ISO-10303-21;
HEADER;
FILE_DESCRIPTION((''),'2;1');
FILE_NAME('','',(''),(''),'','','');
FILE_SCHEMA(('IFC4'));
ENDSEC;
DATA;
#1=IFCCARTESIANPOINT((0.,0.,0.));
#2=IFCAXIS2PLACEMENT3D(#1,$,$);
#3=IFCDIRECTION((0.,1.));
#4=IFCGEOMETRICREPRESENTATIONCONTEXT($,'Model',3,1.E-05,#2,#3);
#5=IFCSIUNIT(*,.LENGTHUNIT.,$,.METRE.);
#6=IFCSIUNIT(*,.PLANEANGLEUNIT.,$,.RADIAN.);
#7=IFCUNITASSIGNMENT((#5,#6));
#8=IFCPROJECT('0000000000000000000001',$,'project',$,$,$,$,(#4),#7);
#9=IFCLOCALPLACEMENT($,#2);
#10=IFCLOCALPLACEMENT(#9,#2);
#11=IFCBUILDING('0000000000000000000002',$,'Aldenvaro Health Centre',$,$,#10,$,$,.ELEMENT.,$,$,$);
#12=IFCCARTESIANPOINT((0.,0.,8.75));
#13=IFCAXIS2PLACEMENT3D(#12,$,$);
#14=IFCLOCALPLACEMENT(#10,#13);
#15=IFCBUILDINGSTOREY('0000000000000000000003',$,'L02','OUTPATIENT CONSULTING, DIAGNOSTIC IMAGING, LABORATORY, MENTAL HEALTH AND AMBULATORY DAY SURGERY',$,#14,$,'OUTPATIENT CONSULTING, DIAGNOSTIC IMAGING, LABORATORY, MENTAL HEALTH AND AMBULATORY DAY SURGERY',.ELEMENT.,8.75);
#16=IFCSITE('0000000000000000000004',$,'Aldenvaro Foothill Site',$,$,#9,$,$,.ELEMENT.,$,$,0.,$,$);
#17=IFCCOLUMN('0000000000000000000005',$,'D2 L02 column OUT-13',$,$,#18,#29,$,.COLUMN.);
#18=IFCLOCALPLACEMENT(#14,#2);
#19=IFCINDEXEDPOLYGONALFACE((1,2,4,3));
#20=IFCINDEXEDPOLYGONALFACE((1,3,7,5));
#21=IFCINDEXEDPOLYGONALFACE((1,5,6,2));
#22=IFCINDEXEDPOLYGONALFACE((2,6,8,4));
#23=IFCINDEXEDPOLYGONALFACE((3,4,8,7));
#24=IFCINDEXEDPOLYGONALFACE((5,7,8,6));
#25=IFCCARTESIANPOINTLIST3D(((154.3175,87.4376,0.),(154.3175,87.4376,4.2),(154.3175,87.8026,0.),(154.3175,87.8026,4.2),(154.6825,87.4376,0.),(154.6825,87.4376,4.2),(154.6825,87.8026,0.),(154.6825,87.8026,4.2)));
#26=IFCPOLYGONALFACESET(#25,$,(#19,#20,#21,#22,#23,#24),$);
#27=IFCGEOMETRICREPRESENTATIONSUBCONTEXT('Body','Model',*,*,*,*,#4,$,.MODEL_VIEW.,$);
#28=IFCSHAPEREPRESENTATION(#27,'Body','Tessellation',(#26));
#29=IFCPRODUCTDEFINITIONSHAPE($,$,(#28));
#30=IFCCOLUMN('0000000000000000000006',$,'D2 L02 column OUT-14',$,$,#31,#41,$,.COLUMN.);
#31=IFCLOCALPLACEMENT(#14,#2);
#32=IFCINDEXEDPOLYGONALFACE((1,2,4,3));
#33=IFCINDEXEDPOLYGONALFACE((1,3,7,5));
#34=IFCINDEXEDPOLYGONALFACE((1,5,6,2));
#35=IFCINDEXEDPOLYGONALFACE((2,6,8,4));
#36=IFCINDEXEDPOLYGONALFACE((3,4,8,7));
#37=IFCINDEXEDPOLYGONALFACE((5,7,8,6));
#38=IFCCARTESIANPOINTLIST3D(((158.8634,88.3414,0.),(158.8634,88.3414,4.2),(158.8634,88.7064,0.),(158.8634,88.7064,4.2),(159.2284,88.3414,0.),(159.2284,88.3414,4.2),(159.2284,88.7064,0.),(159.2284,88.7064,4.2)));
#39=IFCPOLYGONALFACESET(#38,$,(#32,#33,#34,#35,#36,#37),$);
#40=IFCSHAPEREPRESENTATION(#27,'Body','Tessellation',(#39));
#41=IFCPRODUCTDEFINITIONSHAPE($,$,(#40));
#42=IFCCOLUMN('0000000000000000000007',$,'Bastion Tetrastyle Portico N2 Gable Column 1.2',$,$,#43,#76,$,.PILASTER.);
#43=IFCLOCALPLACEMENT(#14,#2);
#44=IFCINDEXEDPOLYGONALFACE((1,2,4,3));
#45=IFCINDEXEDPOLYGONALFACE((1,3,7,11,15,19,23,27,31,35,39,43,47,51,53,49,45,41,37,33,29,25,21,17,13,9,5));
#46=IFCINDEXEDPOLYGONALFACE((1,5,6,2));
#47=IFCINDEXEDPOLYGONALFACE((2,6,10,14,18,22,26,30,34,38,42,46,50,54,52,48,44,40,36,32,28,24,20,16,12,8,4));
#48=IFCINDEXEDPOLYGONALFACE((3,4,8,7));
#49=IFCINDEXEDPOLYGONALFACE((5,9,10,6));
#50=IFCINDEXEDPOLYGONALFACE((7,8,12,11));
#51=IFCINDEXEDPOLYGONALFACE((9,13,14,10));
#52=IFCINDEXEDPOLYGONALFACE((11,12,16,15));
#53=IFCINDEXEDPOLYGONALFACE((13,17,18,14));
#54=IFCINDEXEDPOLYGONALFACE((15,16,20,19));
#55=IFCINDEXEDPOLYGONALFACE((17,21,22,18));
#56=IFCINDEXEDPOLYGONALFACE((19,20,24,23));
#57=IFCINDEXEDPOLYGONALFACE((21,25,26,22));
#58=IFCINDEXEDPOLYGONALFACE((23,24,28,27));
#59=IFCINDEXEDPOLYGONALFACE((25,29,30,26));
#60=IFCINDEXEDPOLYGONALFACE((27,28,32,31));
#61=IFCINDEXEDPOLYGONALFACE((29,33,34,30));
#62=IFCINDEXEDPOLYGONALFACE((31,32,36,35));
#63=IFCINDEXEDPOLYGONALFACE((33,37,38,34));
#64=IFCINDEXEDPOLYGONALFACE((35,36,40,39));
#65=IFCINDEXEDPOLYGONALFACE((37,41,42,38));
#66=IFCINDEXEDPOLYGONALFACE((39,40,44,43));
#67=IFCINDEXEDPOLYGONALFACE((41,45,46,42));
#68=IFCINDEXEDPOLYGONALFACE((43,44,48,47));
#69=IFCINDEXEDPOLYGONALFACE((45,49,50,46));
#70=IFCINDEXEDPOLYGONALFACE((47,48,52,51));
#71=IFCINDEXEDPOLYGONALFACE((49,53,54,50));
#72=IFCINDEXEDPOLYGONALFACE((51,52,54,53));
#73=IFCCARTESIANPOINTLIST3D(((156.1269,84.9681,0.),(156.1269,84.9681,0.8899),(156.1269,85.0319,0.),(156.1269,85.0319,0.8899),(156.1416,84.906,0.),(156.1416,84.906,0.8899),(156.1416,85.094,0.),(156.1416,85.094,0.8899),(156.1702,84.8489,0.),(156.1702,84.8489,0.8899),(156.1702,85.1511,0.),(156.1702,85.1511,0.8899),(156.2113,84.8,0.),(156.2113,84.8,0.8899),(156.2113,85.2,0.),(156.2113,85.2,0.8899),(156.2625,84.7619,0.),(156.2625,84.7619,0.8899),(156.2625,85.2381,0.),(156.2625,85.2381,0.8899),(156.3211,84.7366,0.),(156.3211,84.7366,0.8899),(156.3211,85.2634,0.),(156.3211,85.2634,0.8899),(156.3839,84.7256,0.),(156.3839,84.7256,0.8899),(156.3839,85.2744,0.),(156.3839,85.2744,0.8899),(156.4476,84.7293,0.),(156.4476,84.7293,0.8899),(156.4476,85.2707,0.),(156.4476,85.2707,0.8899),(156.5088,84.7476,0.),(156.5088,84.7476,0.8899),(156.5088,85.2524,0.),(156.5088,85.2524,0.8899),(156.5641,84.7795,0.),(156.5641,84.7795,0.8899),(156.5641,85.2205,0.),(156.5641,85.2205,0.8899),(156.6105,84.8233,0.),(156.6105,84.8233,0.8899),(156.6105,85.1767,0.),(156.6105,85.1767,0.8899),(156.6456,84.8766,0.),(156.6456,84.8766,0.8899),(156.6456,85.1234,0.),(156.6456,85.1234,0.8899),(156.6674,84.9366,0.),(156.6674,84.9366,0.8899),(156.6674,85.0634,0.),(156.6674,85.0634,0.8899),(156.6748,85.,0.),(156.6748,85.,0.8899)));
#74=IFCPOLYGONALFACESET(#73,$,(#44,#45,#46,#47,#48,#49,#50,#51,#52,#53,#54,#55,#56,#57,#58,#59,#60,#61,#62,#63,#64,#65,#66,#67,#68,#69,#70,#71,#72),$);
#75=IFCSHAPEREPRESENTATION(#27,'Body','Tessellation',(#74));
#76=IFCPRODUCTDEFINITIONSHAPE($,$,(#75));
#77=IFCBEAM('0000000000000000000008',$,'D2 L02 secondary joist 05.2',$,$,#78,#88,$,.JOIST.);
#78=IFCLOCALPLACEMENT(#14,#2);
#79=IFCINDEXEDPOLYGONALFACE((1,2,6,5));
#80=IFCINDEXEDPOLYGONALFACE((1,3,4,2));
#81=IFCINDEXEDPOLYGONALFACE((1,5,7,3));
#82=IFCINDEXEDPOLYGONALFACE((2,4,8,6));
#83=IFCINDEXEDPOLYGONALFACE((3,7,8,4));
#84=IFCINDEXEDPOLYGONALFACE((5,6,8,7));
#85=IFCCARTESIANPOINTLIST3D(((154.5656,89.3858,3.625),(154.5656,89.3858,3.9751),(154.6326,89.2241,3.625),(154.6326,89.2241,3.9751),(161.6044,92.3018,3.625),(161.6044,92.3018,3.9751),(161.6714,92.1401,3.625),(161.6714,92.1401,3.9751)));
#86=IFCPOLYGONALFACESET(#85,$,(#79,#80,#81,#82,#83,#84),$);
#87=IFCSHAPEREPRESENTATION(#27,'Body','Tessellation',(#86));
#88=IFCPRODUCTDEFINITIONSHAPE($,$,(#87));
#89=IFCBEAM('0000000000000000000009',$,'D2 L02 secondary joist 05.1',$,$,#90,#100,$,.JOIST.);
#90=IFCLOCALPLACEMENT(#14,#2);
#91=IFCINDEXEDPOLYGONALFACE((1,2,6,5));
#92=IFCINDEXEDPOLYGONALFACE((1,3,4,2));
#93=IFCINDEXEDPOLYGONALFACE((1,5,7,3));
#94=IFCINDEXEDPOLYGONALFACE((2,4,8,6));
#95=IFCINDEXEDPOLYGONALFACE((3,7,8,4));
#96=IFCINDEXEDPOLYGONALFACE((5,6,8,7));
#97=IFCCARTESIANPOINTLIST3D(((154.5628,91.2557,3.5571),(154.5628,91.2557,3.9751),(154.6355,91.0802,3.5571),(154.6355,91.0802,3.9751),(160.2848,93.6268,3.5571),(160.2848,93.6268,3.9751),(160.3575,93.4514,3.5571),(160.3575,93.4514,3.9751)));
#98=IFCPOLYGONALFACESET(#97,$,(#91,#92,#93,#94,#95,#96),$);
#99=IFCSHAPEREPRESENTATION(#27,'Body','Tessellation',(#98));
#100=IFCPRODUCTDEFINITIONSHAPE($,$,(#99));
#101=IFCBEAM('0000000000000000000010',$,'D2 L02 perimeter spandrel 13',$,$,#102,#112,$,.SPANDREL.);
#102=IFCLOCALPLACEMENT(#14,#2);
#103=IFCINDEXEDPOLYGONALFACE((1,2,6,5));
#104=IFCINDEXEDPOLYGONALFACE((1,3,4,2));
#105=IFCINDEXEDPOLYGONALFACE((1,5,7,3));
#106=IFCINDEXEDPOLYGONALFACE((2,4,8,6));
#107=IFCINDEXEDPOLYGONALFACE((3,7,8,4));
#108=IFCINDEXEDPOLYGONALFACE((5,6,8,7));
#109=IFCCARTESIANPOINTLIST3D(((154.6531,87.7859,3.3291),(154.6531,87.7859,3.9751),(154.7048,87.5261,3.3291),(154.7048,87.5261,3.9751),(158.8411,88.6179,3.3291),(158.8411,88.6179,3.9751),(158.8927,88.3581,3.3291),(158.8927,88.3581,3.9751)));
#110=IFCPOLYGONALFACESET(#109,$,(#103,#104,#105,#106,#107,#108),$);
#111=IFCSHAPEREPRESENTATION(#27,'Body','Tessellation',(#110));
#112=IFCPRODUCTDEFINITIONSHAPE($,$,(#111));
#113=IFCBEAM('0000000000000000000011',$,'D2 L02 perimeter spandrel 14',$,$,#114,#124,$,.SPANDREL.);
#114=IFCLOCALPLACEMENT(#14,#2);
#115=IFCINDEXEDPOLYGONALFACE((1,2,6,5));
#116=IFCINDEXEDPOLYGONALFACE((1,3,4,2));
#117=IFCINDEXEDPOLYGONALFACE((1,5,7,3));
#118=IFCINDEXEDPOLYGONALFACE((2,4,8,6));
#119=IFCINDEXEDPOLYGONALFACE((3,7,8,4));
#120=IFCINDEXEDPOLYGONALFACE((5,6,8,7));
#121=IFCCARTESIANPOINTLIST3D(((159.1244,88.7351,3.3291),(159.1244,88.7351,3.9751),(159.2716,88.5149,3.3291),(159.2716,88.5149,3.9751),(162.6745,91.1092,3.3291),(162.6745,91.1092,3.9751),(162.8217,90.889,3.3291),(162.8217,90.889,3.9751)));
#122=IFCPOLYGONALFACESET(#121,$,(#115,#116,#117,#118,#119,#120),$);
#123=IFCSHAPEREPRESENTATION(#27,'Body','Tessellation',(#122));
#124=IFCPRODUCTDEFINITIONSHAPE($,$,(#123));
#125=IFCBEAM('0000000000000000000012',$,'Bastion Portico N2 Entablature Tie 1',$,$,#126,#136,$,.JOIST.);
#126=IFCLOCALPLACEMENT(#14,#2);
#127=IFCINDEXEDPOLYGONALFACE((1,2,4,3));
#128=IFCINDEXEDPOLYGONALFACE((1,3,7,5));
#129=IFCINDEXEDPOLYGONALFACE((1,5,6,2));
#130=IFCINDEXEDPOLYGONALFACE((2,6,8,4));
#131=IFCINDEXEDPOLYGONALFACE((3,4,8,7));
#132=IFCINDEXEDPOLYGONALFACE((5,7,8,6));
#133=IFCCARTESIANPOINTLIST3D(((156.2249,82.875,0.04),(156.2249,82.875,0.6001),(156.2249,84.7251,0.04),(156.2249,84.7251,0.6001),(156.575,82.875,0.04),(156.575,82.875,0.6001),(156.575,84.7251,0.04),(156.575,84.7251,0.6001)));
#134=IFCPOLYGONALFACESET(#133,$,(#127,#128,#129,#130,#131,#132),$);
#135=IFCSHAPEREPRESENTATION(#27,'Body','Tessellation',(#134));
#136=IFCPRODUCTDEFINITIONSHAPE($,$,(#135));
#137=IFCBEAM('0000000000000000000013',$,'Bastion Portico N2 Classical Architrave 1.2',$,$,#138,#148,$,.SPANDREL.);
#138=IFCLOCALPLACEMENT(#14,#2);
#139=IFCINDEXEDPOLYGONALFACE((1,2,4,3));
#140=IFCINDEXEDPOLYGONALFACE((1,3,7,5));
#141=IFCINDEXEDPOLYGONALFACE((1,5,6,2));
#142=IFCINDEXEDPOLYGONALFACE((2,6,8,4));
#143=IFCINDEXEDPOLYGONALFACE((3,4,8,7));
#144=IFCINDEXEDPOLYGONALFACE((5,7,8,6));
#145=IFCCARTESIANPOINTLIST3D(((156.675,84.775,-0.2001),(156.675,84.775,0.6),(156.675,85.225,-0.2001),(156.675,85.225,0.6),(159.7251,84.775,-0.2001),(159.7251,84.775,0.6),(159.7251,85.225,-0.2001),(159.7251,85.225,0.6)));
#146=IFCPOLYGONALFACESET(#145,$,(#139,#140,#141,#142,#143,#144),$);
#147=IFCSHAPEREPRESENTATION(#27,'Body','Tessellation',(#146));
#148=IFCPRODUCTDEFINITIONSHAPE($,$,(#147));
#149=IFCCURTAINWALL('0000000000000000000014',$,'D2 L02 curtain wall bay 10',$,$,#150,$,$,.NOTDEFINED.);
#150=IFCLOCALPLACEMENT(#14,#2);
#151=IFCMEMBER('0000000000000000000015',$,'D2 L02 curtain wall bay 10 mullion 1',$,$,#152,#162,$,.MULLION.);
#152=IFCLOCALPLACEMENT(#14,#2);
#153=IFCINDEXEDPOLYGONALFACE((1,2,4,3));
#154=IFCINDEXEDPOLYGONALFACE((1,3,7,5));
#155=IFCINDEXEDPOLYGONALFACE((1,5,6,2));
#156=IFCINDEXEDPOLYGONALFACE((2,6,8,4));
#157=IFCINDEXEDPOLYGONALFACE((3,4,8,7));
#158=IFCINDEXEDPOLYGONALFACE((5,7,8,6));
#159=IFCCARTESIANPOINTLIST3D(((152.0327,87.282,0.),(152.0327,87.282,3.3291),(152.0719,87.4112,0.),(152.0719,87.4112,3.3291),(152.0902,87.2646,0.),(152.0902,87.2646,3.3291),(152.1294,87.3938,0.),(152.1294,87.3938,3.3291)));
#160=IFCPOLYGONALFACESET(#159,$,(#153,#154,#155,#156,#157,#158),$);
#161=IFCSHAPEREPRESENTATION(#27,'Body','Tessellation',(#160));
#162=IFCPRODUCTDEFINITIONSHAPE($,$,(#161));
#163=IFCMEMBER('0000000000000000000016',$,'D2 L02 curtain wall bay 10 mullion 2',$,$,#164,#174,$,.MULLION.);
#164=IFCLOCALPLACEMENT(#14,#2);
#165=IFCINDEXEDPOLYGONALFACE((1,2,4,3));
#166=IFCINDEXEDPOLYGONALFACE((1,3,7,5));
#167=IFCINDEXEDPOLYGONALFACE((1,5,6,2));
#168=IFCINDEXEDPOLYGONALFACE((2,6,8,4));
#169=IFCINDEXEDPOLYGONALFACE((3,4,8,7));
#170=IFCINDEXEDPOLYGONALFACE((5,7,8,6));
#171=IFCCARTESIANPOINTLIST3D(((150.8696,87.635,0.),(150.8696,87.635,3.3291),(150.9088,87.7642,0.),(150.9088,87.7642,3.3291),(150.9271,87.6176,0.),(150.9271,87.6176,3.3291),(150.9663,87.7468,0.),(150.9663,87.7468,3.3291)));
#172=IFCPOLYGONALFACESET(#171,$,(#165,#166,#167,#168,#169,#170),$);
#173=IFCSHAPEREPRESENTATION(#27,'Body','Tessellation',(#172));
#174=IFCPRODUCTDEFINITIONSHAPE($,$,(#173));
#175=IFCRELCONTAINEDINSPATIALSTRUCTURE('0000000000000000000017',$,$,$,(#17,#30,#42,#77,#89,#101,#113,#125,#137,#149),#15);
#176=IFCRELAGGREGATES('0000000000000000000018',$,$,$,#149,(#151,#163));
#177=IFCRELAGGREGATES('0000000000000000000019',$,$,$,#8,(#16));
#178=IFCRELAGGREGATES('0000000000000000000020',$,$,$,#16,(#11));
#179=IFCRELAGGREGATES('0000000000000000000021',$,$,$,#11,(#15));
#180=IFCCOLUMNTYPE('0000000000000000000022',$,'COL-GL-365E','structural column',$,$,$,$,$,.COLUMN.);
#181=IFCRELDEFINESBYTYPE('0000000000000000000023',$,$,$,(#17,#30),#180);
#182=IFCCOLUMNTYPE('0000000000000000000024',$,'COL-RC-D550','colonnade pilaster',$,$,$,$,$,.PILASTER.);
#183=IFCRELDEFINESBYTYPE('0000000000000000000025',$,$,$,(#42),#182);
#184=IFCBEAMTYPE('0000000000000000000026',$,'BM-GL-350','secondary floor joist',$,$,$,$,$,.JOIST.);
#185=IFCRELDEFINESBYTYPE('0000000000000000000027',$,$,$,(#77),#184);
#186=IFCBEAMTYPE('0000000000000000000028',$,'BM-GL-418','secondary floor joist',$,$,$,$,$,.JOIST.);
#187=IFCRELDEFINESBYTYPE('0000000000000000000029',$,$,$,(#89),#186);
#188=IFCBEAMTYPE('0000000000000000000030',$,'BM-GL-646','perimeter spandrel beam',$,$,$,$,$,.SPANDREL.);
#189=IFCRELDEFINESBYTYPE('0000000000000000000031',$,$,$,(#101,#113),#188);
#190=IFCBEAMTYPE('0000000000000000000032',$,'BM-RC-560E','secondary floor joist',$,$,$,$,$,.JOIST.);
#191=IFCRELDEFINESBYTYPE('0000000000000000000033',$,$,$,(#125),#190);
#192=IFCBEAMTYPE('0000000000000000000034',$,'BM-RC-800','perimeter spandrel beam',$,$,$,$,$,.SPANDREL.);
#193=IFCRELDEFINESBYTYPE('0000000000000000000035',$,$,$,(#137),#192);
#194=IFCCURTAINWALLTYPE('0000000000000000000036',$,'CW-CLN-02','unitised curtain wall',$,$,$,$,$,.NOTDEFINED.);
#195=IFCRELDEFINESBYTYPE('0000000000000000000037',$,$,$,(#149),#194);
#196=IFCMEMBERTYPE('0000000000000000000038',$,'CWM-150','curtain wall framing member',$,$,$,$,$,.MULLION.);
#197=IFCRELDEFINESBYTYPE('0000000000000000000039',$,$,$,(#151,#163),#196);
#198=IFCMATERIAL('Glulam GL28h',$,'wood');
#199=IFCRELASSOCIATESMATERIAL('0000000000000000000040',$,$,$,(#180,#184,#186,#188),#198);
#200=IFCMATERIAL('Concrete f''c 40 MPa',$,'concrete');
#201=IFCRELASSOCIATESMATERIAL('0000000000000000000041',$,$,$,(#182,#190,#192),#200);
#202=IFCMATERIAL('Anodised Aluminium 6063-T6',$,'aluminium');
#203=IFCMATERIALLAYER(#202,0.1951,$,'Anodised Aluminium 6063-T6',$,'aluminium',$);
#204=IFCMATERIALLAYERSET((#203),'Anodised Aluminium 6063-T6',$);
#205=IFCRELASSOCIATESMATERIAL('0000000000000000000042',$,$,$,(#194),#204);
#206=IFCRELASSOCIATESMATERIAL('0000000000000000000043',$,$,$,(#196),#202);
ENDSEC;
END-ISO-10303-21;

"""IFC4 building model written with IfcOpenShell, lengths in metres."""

from ifc_helpers import new_model, si_unit, direction, frame, origin, origin_2d, place, context, subcontext, project, spatial, rectangle, circle, extrude, material, layer, layer_set, material_profile, profile_set, type_object, element, aggregate, save


model = new_model("IFC4")

# Units and contexts
model_context = context("Model", 3, precision=1e-05, world=origin(), true_north=direction((0.0, 1.0)))
body_context = subcontext(model_context, "Body", "Model", "MODEL_VIEW")
ifc_project = project(units=[si_unit("LENGTHUNIT", "METRE"), si_unit("PLANEANGLEUNIT", "RADIAN")], contexts=[model_context])

# Site, building, storey
site_placement = place(None, origin())
site = spatial("IfcSite", under=ifc_project, at=site_placement, Name="Aldenvaro Foothill Site", CompositionType="ELEMENT", RefElevation=0.0)
building_placement = place(site_placement, origin())
building = spatial("IfcBuilding", under=site, at=building_placement, Name="Aldenvaro Health Centre", CompositionType="ELEMENT")
storey_placement = place(building_placement, frame((0.0, 0.0, 8.75)))
storey = spatial("IfcBuildingStorey", under=building, at=storey_placement, Name="L02", Description="OUTPATIENT CONSULTING, DIAGNOSTIC IMAGING, LABORATORY, MENTAL HEALTH AND AMBULATORY DAY SURGERY", LongName="OUTPATIENT CONSULTING, DIAGNOSTIC IMAGING, LABORATORY, MENTAL HEALTH AND AMBULATORY DAY SURGERY", CompositionType="ELEMENT", Elevation=8.75)

# Columns
ifc_material_1 = material(Name="Glulam GL28h", Category="wood")
ifc_material_profile_1 = material_profile(ifc_material_1, rectangle(XDim=0.365, YDim=0.365, at=origin_2d()), Name="GL 365x365", Category="wood")
ifc_profile_set_1 = profile_set([ifc_material_profile_1], Name="Glulam GL28h")
column_type_1 = type_object("IfcColumnType", Name="COL-GL-365E", Description="structural column", PredefinedType="COLUMN", material=ifc_profile_set_1)
for number, where, z_axis, x_axis, name in (
    (1, (154.5, 87.6201, 0.0), (0.0, 0.0, 1.0), (1.0, 0.0, 0.0), "D2 L02 column OUT-13"),
    (2, (159.0459, 88.5239, 0.0), (0.0, 0.0, 1.0), (1.0, 0.0, 0.0), "D2 L02 column OUT-14"),
):
    element("IfcColumn", number, at=place(storey_placement, frame(where, z_axis=z_axis, x_axis=x_axis)), inside=storey, type_object=column_type_1, Name=name, PredefinedType="COLUMN", context=body_context, shape_type="SweptSolid", body=[
        extrude(rectangle(XDim=0.365, YDim=0.365, at=origin_2d()), origin(), (0.0, 0.0, 1.0), 4.2),
    ])
ifc_material_2 = material(Name="Concrete f'c 40 MPa", Category="concrete")
ifc_material_profile_2 = material_profile(ifc_material_2, circle(Radius=0.2749, at=origin_2d()), Name="RC D550", Category="concrete")
ifc_profile_set_2 = profile_set([ifc_material_profile_2], Name="Concrete f'c 40 MPa")
column_type_2 = type_object("IfcColumnType", Name="COL-RC-D550", Description="colonnade pilaster", PredefinedType="PILASTER", material=ifc_profile_set_2)
column_placement = place(storey_placement, frame((156.3999, 85.0, 0.0), z_axis=(0.0, 0.0, 1.0), x_axis=(1.0, 0.0, 0.0)))
element("IfcColumn", 3, at=column_placement, inside=storey, type_object=column_type_2, Name="Bastion Tetrastyle Portico N2 Gable Column 1.2", PredefinedType="PILASTER", context=body_context, shape_type="SweptSolid", body=[
    extrude(circle(Radius=0.2749, at=origin_2d()), origin(), (0.0, 0.0, 1.0), 0.8899),
])

# Beams
ifc_material_profile_3 = material_profile(ifc_material_1, rectangle(XDim=0.175, YDim=0.3501, at=origin_2d()), Name="GL 175x350", Category="wood")
ifc_profile_set_3 = profile_set([ifc_material_profile_3], Name="Glulam GL28h")
beam_type_1 = type_object("IfcBeamType", Name="BM-GL-350", Description="secondary floor joist", PredefinedType="JOIST", material=ifc_profile_set_3)
beam_1_placement = place(storey_placement, frame((154.5991, 89.3049, 3.8), z_axis=(0.923859, 0.382733, 0.0), x_axis=(-0.382733, 0.923859, 0.0)))
element("IfcBeam", 4, at=beam_1_placement, inside=storey, type_object=beam_type_1, Name="D2 L02 secondary joist 05.2", PredefinedType="JOIST", context=body_context, shape_type="SweptSolid", body=[
    extrude(rectangle(XDim=0.175, YDim=0.3501, at=origin_2d()), origin(), (0.0, 0.0, 1.0), 7.6189),
])
ifc_material_profile_4 = material_profile(ifc_material_1, rectangle(XDim=0.1899, YDim=0.418, at=origin_2d()), Name="GL 190x418", Category="wood")
ifc_profile_set_4 = profile_set([ifc_material_profile_4], Name="Glulam GL28h")
beam_type_2 = type_object("IfcBeamType", Name="BM-GL-418", Description="secondary floor joist", PredefinedType="JOIST", material=ifc_profile_set_4)
beam_2_placement = place(storey_placement, frame((154.5991, 91.168, 3.7661), z_axis=(0.923823, 0.382821, 0.0), x_axis=(-0.382821, 0.923823, 0.0)))
element("IfcBeam", 5, at=beam_2_placement, inside=storey, type_object=beam_type_2, Name="D2 L02 secondary joist 05.1", PredefinedType="JOIST", context=body_context, shape_type="SweptSolid", body=[
    extrude(rectangle(XDim=0.1899, YDim=0.418, at=origin_2d()), origin(), (0.0, 0.0, 1.0), 6.1938),
])
ifc_material_profile_5 = material_profile(ifc_material_1, rectangle(XDim=0.2649, YDim=0.646, at=origin_2d()), Name="GL 265x646", Category="wood")
ifc_profile_set_5 = profile_set([ifc_material_profile_5], Name="Glulam GL28h")
beam_type_3 = type_object("IfcBeamType", Name="BM-GL-646", Description="perimeter spandrel beam", PredefinedType="SPANDREL", material=ifc_profile_set_5)
beam_3_placement = place(storey_placement, frame((154.679, 87.656, 3.6521), z_axis=(0.980831, 0.194862, 0.0), x_axis=(-0.194862, 0.980831, 0.0)))
element("IfcBeam", 6, at=beam_3_placement, inside=storey, type_object=beam_type_3, Name="D2 L02 perimeter spandrel 13", PredefinedType="SPANDREL", context=body_context, shape_type="SweptSolid", body=[
    extrude(rectangle(XDim=0.2649, YDim=0.646, at=origin_2d()), origin(), (0.0, 0.0, 1.0), 4.2698),
])
beam_4_placement = place(storey_placement, frame((159.198, 88.625, 3.6521), z_axis=(0.831258, 0.555887, 0.0), x_axis=(-0.555887, 0.831258, 0.0)))
element("IfcBeam", 7, at=beam_4_placement, inside=storey, type_object=beam_type_3, Name="D2 L02 perimeter spandrel 14", PredefinedType="SPANDREL", context=body_context, shape_type="SweptSolid", body=[
    extrude(rectangle(XDim=0.2649, YDim=0.646, at=origin_2d()), origin(), (0.0, 0.0, 1.0), 4.2708),
])
ifc_material_profile_6 = material_profile(ifc_material_2, rectangle(XDim=0.3501, YDim=0.5601, at=origin_2d()), Name="RC 350x560", Category="concrete")
ifc_profile_set_6 = profile_set([ifc_material_profile_6], Name="Concrete f'c 40 MPa")
beam_type_4 = type_object("IfcBeamType", Name="BM-RC-560E", Description="secondary floor joist", PredefinedType="JOIST", material=ifc_profile_set_6)
beam_5_placement = place(storey_placement, frame((156.3999, 82.875, 0.3201), z_axis=(0.0, 1.0, 0.0), x_axis=(-1.0, 0.0, 0.0)))
element("IfcBeam", 8, at=beam_5_placement, inside=storey, type_object=beam_type_4, Name="Bastion Portico N2 Entablature Tie 1", PredefinedType="JOIST", context=body_context, shape_type="SweptSolid", body=[
    extrude(rectangle(XDim=0.3501, YDim=0.5601, at=origin_2d()), origin(), (0.0, 0.0, 1.0), 1.8501),
])
ifc_material_profile_7 = material_profile(ifc_material_2, rectangle(XDim=0.45, YDim=0.8, at=origin_2d()), Name="RC 450x800", Category="concrete")
ifc_profile_set_7 = profile_set([ifc_material_profile_7], Name="Concrete f'c 40 MPa")
beam_type_5 = type_object("IfcBeamType", Name="BM-RC-800", Description="perimeter spandrel beam", PredefinedType="SPANDREL", material=ifc_profile_set_7)
beam_6_placement = place(storey_placement, frame((156.675, 85.0, 0.2), z_axis=(1.0, 0.0, 0.0), x_axis=(0.0, 1.0, 0.0)))
element("IfcBeam", 9, at=beam_6_placement, inside=storey, type_object=beam_type_5, Name="Bastion Portico N2 Classical Architrave 1.2", PredefinedType="SPANDREL", context=body_context, shape_type="SweptSolid", body=[
    extrude(rectangle(XDim=0.45, YDim=0.8, at=origin_2d()), origin(), (0.0, 0.0, 1.0), 3.05),
])

# Curtain wall, members
ifc_material_3 = material(Name="Anodised Aluminium 6063-T6", Category="aluminium")
ifc_layer_1 = layer(ifc_material_3, 0.1951, Name="Anodised Aluminium 6063-T6", Category="aluminium")
ifc_layer_set_1 = layer_set([ifc_layer_1], Name="Anodised Aluminium 6063-T6")
curtain_wall_type = type_object("IfcCurtainWallType", Name="CW-CLN-02", Description="unitised curtain wall", PredefinedType="NOTDEFINED", material=ifc_layer_set_1)
curtain_wall_placement = place(storey_placement, origin())
curtain_wall = element("IfcCurtainWall", 10, at=curtain_wall_placement, inside=storey, type_object=curtain_wall_type, Name="D2 L02 curtain wall bay 10", PredefinedType="NOTDEFINED")
ifc_material_profile_8 = material_profile(ifc_material_3, rectangle(XDim=0.0601, YDim=0.135, at=origin_2d()), Name="ALU 60x135", Category="aluminium")
ifc_profile_set_8 = profile_set([ifc_material_profile_8], Name="Anodised Aluminium 6063-T6")
member_type_1 = type_object("IfcMemberType", Name="CWM-150", Description="curtain wall framing member", PredefinedType="MULLION", material=ifc_profile_set_8)
member_1_placement = place(storey_placement, frame((152.0811, 87.3379, 0.0), z_axis=(0.0, 0.0, 1.0), x_axis=(-0.956893, 0.290441, 0.0)))
member_1 = element("IfcMember", 11, at=member_1_placement, type_object=member_type_1, Name="D2 L02 curtain wall bay 10 mullion 1", PredefinedType="MULLION", context=body_context, shape_type="SweptSolid", body=[
    extrude(rectangle(XDim=0.0601, YDim=0.135, at=origin_2d()), origin(), (0.0, 0.0, 1.0), 3.3291),
])
member_2_placement = place(storey_placement, frame((150.918, 87.6909, 0.0), z_axis=(0.0, 0.0, 1.0), x_axis=(-0.956893, 0.290441, 0.0)))
member_2 = element("IfcMember", 12, at=member_2_placement, type_object=member_type_1, Name="D2 L02 curtain wall bay 10 mullion 2", PredefinedType="MULLION", context=body_context, shape_type="SweptSolid", body=[
    extrude(rectangle(XDim=0.0601, YDim=0.135, at=origin_2d()), origin(), (0.0, 0.0, 1.0), 3.3291),
])

aggregate(curtain_wall, [member_1, member_2])

save(model, "model.ifc")
